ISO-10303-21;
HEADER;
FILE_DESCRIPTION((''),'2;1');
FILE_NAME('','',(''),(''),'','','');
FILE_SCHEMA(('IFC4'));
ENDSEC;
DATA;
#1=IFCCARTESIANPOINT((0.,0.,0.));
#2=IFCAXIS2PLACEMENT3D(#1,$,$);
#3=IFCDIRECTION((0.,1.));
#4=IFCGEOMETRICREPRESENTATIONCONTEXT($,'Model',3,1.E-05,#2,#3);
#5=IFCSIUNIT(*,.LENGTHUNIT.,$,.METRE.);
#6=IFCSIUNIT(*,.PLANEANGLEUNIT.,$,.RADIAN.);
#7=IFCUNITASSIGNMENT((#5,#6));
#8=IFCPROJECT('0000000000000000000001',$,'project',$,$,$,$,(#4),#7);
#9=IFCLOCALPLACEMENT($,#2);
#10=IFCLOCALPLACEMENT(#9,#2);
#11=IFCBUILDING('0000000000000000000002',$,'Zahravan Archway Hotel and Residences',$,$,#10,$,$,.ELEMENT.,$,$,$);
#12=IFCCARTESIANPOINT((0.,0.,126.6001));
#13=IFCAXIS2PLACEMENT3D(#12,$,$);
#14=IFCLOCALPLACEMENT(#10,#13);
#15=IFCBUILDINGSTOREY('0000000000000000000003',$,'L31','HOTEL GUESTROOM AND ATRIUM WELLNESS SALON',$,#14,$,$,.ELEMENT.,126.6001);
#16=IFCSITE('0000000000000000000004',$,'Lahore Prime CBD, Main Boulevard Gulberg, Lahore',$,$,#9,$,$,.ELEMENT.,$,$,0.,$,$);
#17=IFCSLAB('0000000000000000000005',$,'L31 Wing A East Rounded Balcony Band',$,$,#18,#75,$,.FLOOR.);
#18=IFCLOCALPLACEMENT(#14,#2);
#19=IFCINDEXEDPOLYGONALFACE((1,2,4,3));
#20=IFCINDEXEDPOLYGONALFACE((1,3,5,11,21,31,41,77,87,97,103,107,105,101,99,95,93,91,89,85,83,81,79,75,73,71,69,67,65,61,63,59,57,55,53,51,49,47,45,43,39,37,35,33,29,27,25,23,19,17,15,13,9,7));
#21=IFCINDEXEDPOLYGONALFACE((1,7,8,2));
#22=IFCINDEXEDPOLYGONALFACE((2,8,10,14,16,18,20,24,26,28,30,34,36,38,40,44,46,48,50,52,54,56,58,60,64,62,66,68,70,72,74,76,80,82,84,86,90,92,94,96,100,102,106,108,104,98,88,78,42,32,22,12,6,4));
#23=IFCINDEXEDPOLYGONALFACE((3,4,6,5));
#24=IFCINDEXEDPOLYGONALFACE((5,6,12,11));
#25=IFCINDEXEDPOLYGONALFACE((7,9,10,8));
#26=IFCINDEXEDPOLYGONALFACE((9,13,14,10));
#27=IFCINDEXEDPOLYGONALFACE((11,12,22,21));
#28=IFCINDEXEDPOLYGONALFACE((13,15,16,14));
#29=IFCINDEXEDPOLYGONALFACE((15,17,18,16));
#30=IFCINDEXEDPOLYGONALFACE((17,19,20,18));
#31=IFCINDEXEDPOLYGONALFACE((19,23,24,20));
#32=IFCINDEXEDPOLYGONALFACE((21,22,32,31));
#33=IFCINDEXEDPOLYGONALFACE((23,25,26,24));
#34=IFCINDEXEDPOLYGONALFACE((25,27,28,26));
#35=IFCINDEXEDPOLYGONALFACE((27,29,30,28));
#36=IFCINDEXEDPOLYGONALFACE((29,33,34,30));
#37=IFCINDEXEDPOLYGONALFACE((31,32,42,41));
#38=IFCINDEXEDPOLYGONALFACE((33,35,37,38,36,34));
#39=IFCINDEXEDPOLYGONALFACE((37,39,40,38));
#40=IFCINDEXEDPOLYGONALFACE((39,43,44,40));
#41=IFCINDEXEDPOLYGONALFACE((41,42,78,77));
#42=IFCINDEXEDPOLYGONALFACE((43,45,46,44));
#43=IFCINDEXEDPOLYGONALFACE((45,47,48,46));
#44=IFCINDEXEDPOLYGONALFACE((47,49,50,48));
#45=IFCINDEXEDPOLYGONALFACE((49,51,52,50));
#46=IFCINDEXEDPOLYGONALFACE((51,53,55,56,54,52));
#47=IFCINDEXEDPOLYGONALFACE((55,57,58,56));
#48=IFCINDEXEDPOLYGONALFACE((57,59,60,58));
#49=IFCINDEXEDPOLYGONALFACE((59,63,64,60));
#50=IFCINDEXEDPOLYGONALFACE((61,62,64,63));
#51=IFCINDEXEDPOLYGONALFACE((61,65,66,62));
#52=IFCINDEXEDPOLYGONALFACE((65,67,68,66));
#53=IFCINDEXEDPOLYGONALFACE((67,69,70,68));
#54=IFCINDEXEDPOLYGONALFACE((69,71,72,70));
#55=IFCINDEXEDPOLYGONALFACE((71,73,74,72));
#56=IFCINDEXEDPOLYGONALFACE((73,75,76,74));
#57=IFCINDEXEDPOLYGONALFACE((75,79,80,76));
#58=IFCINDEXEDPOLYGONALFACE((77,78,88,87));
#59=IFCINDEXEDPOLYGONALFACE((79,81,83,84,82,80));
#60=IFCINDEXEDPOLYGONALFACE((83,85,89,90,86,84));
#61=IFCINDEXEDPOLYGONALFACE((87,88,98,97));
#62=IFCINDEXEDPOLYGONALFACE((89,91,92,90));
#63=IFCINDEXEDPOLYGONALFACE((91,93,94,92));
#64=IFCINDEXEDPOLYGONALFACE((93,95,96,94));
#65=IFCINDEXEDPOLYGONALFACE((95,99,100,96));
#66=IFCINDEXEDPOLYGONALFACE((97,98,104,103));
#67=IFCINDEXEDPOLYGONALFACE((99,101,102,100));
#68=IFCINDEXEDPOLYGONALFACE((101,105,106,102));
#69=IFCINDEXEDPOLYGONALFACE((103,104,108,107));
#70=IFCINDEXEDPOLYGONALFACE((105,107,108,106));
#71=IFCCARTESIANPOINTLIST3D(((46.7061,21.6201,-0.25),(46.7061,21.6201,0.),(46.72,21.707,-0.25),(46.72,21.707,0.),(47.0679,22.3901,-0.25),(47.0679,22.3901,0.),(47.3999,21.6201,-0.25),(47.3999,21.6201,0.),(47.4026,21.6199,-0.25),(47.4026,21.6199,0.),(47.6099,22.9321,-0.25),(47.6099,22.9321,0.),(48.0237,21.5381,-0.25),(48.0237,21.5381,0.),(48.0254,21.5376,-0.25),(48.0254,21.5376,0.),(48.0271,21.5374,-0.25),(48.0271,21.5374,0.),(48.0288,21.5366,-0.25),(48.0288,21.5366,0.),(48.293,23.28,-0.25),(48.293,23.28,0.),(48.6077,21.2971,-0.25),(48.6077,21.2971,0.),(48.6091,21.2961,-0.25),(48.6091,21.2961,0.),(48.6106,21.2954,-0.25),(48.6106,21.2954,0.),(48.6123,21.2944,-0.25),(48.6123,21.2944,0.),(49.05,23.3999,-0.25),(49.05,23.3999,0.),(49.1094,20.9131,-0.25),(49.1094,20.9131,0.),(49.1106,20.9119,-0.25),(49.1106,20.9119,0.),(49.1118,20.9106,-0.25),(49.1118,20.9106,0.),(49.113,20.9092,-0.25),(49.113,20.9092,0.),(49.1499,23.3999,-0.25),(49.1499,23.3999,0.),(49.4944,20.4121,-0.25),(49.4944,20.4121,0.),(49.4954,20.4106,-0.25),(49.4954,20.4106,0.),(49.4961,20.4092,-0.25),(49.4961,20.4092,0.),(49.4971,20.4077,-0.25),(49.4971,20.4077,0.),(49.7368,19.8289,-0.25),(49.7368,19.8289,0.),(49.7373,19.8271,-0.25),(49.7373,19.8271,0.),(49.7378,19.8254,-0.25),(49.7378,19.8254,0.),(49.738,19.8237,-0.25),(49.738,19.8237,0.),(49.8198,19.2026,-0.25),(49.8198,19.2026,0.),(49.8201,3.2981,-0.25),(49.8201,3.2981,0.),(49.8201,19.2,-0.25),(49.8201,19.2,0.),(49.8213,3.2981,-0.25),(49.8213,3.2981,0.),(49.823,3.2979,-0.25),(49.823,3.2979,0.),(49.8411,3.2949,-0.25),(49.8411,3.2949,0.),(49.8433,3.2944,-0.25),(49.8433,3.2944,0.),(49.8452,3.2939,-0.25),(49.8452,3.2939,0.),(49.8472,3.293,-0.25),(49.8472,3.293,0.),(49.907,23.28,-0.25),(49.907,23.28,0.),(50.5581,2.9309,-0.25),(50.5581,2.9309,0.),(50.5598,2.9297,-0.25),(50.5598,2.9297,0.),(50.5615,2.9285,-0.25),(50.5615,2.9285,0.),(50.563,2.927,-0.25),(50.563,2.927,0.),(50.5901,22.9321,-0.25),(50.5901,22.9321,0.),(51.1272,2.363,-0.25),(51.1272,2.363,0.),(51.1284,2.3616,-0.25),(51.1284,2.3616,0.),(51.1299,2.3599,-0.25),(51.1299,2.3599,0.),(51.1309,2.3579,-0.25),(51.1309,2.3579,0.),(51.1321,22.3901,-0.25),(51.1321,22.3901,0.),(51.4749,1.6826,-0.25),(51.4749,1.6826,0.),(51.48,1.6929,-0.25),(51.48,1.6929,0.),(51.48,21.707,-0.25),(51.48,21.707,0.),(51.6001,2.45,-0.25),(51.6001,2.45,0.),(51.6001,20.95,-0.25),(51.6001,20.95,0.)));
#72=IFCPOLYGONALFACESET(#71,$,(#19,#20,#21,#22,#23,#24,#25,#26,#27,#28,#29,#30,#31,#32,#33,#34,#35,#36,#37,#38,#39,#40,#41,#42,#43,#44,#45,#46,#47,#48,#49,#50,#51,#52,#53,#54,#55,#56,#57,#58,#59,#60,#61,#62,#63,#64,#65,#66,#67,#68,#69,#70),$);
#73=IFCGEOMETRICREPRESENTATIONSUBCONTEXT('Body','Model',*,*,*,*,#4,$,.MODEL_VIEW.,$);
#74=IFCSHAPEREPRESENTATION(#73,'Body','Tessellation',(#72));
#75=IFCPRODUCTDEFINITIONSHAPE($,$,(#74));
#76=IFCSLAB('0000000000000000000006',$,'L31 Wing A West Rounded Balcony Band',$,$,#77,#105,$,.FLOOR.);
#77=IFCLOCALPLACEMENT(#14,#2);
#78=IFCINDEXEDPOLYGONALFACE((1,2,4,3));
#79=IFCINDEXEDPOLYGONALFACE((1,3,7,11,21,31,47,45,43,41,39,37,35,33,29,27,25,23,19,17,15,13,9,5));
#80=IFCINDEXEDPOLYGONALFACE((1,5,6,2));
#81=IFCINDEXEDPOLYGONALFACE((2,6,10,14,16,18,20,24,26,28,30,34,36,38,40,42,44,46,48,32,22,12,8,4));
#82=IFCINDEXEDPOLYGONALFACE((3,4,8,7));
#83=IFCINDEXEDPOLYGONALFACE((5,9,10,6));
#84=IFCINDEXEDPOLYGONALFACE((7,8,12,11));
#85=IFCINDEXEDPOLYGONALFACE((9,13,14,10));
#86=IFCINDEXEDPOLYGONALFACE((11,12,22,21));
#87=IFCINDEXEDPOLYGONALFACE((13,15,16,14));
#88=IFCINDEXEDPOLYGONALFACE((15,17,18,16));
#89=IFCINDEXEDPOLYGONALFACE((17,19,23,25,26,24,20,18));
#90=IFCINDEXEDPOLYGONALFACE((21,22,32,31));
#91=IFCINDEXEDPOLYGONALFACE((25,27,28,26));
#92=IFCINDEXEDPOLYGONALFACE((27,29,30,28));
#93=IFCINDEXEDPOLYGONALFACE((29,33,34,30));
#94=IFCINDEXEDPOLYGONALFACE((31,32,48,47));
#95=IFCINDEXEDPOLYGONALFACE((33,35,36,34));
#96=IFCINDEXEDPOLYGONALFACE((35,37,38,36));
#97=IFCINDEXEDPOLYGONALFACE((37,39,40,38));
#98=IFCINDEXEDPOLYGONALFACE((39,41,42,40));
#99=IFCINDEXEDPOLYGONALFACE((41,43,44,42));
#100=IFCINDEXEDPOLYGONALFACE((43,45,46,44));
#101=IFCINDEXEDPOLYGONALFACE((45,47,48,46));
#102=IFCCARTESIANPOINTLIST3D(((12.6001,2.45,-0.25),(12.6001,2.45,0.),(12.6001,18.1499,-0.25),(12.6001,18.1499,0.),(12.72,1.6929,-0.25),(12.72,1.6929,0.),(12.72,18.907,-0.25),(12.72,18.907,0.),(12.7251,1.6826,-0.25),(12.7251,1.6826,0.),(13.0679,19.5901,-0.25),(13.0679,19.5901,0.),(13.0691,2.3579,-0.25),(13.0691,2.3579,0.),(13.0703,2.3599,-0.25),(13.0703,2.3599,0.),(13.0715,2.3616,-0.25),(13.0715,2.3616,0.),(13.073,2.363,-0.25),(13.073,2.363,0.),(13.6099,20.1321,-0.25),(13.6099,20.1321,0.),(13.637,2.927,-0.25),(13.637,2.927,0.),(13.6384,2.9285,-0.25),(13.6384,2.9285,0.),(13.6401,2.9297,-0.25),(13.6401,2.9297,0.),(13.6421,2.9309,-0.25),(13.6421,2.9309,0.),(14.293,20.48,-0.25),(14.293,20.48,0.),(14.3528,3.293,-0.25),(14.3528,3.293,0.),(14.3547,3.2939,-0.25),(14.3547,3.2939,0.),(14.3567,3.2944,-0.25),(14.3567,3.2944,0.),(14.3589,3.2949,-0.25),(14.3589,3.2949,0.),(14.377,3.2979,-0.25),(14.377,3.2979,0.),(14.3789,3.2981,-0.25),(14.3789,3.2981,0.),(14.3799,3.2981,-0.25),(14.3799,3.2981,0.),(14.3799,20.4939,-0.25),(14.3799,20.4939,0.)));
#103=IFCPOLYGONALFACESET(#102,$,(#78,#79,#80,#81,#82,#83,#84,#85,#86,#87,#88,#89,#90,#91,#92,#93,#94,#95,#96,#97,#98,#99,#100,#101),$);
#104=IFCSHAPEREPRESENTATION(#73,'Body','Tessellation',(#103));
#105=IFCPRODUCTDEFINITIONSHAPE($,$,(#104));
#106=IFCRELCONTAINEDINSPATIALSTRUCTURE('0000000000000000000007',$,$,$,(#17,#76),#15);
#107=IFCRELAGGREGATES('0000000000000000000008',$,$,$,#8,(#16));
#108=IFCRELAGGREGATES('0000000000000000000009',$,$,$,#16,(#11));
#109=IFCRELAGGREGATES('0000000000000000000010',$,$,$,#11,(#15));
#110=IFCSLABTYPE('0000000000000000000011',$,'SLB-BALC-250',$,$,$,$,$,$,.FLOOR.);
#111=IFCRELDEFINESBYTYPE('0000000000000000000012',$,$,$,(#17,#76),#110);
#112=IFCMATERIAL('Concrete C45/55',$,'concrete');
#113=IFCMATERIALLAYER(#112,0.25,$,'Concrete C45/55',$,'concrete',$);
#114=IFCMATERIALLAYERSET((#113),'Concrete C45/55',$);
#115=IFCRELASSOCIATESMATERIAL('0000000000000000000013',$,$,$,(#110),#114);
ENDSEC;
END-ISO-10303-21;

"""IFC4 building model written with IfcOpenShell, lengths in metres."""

from ifc_helpers import new_model, si_unit, direction, frame, origin, place, context, subcontext, project, spatial, polyline, outline, extrude, material, layer, layer_set, type_object, element, save


model = new_model("IFC4")

# Units and contexts
model_context = context("Model", 3, precision=1e-05, world=origin(), true_north=direction((0.0, 1.0)))
body_context = subcontext(model_context, "Body", "Model", "MODEL_VIEW")
ifc_project = project(units=[si_unit("LENGTHUNIT", "METRE"), si_unit("PLANEANGLEUNIT", "RADIAN")], contexts=[model_context])

# Site, building, storey
site_placement = place(None, origin())
site = spatial("IfcSite", under=ifc_project, at=site_placement, Name="Lahore Prime CBD, Main Boulevard Gulberg, Lahore", CompositionType="ELEMENT", RefElevation=0.0)
building_placement = place(site_placement, origin())
building = spatial("IfcBuilding", under=site, at=building_placement, Name="Zahravan Archway Hotel and Residences", CompositionType="ELEMENT")
storey_placement = place(building_placement, frame((0.0, 0.0, 126.6001)))
storey = spatial("IfcBuildingStorey", under=building, at=storey_placement, Name="L31", Description="HOTEL GUESTROOM AND ATRIUM WELLNESS SALON", CompositionType="ELEMENT", Elevation=126.6001)

# Slabs
ifc_material_1 = material(Name="Concrete C45/55", Category="concrete")
ifc_layer_1 = layer(ifc_material_1, 0.25, Name="Concrete C45/55", Category="concrete")
ifc_layer_set_1 = layer_set([ifc_layer_1], Name="Concrete C45/55")
slab_type_1 = type_object("IfcSlabType", Name="SLB-BALC-250", PredefinedType="FLOOR", material=ifc_layer_set_1)
slab_1_placement = place(storey_placement, frame((0.0, 0.0, -0.25)))
element("IfcSlab", 1, at=slab_1_placement, inside=storey, type_object=slab_type_1, Name="L31 Wing A East Rounded Balcony Band", PredefinedType="FLOOR", context=body_context, shape_type="SweptSolid", body=[
    extrude(outline(polyline([(46.72, 21.707), (47.0679, 22.3901), (47.6099, 22.9321), (48.293, 23.28), (49.05, 23.3999), (49.1499, 23.3999), (49.907, 23.28), (50.5901, 22.9321), (51.1321, 22.3901), (51.48, 21.707), (51.6001, 20.95), (51.6001, 2.45), (51.48, 1.6929), (51.4749, 1.6826), (51.1309, 2.3579), (51.1299, 2.3599), (51.1284, 2.3616), (51.1272, 2.363), (50.563, 2.927), (50.5615, 2.9285), (50.5598, 2.9297), (50.5581, 2.9309), (49.8472, 3.293), (49.8452, 3.2939), (49.8433, 3.2944), (49.8411, 3.2949), (49.823, 3.2979), (49.8213, 3.2981), (49.8201, 3.2981), (49.8201, 19.2), (49.8198, 19.2026), (49.738, 19.8237), (49.7378, 19.8254), (49.7373, 19.8271), (49.7368, 19.8289), (49.4971, 20.4077), (49.4961, 20.4092), (49.4954, 20.4106), (49.4944, 20.4121), (49.113, 20.9092), (49.1118, 20.9106), (49.1106, 20.9119), (49.1094, 20.9131), (48.6123, 21.2944), (48.6106, 21.2954), (48.6091, 21.2961), (48.6077, 21.2971), (48.0288, 21.5366), (48.0271, 21.5374), (48.0254, 21.5376), (48.0237, 21.5381), (47.4026, 21.6199), (47.3999, 21.6201), (46.7061, 21.6201), (46.72, 21.707)])), origin(), (0.0, 0.0, 1.0), 0.25),
])
slab_2_placement = place(storey_placement, frame((0.0, 0.0, -0.25)))
element("IfcSlab", 2, at=slab_2_placement, inside=storey, type_object=slab_type_1, Name="L31 Wing A West Rounded Balcony Band", PredefinedType="FLOOR", context=body_context, shape_type="SweptSolid", body=[
    extrude(outline(polyline([(12.72, 1.6929), (12.6001, 2.45), (12.6001, 18.1499), (12.72, 18.907), (13.0679, 19.5901), (13.6099, 20.1321), (14.293, 20.48), (14.3799, 20.4939), (14.3799, 3.2981), (14.3789, 3.2981), (14.377, 3.2979), (14.3589, 3.2949), (14.3567, 3.2944), (14.3547, 3.2939), (14.3528, 3.293), (13.6421, 2.9309), (13.6401, 2.9297), (13.6384, 2.9285), (13.637, 2.927), (13.073, 2.363), (13.0715, 2.3616), (13.0703, 2.3599), (13.0691, 2.3579), (12.7251, 1.6826), (12.72, 1.6929)])), origin(), (0.0, 0.0, 1.0), 0.25),
])

save(model, "model.ifc")
